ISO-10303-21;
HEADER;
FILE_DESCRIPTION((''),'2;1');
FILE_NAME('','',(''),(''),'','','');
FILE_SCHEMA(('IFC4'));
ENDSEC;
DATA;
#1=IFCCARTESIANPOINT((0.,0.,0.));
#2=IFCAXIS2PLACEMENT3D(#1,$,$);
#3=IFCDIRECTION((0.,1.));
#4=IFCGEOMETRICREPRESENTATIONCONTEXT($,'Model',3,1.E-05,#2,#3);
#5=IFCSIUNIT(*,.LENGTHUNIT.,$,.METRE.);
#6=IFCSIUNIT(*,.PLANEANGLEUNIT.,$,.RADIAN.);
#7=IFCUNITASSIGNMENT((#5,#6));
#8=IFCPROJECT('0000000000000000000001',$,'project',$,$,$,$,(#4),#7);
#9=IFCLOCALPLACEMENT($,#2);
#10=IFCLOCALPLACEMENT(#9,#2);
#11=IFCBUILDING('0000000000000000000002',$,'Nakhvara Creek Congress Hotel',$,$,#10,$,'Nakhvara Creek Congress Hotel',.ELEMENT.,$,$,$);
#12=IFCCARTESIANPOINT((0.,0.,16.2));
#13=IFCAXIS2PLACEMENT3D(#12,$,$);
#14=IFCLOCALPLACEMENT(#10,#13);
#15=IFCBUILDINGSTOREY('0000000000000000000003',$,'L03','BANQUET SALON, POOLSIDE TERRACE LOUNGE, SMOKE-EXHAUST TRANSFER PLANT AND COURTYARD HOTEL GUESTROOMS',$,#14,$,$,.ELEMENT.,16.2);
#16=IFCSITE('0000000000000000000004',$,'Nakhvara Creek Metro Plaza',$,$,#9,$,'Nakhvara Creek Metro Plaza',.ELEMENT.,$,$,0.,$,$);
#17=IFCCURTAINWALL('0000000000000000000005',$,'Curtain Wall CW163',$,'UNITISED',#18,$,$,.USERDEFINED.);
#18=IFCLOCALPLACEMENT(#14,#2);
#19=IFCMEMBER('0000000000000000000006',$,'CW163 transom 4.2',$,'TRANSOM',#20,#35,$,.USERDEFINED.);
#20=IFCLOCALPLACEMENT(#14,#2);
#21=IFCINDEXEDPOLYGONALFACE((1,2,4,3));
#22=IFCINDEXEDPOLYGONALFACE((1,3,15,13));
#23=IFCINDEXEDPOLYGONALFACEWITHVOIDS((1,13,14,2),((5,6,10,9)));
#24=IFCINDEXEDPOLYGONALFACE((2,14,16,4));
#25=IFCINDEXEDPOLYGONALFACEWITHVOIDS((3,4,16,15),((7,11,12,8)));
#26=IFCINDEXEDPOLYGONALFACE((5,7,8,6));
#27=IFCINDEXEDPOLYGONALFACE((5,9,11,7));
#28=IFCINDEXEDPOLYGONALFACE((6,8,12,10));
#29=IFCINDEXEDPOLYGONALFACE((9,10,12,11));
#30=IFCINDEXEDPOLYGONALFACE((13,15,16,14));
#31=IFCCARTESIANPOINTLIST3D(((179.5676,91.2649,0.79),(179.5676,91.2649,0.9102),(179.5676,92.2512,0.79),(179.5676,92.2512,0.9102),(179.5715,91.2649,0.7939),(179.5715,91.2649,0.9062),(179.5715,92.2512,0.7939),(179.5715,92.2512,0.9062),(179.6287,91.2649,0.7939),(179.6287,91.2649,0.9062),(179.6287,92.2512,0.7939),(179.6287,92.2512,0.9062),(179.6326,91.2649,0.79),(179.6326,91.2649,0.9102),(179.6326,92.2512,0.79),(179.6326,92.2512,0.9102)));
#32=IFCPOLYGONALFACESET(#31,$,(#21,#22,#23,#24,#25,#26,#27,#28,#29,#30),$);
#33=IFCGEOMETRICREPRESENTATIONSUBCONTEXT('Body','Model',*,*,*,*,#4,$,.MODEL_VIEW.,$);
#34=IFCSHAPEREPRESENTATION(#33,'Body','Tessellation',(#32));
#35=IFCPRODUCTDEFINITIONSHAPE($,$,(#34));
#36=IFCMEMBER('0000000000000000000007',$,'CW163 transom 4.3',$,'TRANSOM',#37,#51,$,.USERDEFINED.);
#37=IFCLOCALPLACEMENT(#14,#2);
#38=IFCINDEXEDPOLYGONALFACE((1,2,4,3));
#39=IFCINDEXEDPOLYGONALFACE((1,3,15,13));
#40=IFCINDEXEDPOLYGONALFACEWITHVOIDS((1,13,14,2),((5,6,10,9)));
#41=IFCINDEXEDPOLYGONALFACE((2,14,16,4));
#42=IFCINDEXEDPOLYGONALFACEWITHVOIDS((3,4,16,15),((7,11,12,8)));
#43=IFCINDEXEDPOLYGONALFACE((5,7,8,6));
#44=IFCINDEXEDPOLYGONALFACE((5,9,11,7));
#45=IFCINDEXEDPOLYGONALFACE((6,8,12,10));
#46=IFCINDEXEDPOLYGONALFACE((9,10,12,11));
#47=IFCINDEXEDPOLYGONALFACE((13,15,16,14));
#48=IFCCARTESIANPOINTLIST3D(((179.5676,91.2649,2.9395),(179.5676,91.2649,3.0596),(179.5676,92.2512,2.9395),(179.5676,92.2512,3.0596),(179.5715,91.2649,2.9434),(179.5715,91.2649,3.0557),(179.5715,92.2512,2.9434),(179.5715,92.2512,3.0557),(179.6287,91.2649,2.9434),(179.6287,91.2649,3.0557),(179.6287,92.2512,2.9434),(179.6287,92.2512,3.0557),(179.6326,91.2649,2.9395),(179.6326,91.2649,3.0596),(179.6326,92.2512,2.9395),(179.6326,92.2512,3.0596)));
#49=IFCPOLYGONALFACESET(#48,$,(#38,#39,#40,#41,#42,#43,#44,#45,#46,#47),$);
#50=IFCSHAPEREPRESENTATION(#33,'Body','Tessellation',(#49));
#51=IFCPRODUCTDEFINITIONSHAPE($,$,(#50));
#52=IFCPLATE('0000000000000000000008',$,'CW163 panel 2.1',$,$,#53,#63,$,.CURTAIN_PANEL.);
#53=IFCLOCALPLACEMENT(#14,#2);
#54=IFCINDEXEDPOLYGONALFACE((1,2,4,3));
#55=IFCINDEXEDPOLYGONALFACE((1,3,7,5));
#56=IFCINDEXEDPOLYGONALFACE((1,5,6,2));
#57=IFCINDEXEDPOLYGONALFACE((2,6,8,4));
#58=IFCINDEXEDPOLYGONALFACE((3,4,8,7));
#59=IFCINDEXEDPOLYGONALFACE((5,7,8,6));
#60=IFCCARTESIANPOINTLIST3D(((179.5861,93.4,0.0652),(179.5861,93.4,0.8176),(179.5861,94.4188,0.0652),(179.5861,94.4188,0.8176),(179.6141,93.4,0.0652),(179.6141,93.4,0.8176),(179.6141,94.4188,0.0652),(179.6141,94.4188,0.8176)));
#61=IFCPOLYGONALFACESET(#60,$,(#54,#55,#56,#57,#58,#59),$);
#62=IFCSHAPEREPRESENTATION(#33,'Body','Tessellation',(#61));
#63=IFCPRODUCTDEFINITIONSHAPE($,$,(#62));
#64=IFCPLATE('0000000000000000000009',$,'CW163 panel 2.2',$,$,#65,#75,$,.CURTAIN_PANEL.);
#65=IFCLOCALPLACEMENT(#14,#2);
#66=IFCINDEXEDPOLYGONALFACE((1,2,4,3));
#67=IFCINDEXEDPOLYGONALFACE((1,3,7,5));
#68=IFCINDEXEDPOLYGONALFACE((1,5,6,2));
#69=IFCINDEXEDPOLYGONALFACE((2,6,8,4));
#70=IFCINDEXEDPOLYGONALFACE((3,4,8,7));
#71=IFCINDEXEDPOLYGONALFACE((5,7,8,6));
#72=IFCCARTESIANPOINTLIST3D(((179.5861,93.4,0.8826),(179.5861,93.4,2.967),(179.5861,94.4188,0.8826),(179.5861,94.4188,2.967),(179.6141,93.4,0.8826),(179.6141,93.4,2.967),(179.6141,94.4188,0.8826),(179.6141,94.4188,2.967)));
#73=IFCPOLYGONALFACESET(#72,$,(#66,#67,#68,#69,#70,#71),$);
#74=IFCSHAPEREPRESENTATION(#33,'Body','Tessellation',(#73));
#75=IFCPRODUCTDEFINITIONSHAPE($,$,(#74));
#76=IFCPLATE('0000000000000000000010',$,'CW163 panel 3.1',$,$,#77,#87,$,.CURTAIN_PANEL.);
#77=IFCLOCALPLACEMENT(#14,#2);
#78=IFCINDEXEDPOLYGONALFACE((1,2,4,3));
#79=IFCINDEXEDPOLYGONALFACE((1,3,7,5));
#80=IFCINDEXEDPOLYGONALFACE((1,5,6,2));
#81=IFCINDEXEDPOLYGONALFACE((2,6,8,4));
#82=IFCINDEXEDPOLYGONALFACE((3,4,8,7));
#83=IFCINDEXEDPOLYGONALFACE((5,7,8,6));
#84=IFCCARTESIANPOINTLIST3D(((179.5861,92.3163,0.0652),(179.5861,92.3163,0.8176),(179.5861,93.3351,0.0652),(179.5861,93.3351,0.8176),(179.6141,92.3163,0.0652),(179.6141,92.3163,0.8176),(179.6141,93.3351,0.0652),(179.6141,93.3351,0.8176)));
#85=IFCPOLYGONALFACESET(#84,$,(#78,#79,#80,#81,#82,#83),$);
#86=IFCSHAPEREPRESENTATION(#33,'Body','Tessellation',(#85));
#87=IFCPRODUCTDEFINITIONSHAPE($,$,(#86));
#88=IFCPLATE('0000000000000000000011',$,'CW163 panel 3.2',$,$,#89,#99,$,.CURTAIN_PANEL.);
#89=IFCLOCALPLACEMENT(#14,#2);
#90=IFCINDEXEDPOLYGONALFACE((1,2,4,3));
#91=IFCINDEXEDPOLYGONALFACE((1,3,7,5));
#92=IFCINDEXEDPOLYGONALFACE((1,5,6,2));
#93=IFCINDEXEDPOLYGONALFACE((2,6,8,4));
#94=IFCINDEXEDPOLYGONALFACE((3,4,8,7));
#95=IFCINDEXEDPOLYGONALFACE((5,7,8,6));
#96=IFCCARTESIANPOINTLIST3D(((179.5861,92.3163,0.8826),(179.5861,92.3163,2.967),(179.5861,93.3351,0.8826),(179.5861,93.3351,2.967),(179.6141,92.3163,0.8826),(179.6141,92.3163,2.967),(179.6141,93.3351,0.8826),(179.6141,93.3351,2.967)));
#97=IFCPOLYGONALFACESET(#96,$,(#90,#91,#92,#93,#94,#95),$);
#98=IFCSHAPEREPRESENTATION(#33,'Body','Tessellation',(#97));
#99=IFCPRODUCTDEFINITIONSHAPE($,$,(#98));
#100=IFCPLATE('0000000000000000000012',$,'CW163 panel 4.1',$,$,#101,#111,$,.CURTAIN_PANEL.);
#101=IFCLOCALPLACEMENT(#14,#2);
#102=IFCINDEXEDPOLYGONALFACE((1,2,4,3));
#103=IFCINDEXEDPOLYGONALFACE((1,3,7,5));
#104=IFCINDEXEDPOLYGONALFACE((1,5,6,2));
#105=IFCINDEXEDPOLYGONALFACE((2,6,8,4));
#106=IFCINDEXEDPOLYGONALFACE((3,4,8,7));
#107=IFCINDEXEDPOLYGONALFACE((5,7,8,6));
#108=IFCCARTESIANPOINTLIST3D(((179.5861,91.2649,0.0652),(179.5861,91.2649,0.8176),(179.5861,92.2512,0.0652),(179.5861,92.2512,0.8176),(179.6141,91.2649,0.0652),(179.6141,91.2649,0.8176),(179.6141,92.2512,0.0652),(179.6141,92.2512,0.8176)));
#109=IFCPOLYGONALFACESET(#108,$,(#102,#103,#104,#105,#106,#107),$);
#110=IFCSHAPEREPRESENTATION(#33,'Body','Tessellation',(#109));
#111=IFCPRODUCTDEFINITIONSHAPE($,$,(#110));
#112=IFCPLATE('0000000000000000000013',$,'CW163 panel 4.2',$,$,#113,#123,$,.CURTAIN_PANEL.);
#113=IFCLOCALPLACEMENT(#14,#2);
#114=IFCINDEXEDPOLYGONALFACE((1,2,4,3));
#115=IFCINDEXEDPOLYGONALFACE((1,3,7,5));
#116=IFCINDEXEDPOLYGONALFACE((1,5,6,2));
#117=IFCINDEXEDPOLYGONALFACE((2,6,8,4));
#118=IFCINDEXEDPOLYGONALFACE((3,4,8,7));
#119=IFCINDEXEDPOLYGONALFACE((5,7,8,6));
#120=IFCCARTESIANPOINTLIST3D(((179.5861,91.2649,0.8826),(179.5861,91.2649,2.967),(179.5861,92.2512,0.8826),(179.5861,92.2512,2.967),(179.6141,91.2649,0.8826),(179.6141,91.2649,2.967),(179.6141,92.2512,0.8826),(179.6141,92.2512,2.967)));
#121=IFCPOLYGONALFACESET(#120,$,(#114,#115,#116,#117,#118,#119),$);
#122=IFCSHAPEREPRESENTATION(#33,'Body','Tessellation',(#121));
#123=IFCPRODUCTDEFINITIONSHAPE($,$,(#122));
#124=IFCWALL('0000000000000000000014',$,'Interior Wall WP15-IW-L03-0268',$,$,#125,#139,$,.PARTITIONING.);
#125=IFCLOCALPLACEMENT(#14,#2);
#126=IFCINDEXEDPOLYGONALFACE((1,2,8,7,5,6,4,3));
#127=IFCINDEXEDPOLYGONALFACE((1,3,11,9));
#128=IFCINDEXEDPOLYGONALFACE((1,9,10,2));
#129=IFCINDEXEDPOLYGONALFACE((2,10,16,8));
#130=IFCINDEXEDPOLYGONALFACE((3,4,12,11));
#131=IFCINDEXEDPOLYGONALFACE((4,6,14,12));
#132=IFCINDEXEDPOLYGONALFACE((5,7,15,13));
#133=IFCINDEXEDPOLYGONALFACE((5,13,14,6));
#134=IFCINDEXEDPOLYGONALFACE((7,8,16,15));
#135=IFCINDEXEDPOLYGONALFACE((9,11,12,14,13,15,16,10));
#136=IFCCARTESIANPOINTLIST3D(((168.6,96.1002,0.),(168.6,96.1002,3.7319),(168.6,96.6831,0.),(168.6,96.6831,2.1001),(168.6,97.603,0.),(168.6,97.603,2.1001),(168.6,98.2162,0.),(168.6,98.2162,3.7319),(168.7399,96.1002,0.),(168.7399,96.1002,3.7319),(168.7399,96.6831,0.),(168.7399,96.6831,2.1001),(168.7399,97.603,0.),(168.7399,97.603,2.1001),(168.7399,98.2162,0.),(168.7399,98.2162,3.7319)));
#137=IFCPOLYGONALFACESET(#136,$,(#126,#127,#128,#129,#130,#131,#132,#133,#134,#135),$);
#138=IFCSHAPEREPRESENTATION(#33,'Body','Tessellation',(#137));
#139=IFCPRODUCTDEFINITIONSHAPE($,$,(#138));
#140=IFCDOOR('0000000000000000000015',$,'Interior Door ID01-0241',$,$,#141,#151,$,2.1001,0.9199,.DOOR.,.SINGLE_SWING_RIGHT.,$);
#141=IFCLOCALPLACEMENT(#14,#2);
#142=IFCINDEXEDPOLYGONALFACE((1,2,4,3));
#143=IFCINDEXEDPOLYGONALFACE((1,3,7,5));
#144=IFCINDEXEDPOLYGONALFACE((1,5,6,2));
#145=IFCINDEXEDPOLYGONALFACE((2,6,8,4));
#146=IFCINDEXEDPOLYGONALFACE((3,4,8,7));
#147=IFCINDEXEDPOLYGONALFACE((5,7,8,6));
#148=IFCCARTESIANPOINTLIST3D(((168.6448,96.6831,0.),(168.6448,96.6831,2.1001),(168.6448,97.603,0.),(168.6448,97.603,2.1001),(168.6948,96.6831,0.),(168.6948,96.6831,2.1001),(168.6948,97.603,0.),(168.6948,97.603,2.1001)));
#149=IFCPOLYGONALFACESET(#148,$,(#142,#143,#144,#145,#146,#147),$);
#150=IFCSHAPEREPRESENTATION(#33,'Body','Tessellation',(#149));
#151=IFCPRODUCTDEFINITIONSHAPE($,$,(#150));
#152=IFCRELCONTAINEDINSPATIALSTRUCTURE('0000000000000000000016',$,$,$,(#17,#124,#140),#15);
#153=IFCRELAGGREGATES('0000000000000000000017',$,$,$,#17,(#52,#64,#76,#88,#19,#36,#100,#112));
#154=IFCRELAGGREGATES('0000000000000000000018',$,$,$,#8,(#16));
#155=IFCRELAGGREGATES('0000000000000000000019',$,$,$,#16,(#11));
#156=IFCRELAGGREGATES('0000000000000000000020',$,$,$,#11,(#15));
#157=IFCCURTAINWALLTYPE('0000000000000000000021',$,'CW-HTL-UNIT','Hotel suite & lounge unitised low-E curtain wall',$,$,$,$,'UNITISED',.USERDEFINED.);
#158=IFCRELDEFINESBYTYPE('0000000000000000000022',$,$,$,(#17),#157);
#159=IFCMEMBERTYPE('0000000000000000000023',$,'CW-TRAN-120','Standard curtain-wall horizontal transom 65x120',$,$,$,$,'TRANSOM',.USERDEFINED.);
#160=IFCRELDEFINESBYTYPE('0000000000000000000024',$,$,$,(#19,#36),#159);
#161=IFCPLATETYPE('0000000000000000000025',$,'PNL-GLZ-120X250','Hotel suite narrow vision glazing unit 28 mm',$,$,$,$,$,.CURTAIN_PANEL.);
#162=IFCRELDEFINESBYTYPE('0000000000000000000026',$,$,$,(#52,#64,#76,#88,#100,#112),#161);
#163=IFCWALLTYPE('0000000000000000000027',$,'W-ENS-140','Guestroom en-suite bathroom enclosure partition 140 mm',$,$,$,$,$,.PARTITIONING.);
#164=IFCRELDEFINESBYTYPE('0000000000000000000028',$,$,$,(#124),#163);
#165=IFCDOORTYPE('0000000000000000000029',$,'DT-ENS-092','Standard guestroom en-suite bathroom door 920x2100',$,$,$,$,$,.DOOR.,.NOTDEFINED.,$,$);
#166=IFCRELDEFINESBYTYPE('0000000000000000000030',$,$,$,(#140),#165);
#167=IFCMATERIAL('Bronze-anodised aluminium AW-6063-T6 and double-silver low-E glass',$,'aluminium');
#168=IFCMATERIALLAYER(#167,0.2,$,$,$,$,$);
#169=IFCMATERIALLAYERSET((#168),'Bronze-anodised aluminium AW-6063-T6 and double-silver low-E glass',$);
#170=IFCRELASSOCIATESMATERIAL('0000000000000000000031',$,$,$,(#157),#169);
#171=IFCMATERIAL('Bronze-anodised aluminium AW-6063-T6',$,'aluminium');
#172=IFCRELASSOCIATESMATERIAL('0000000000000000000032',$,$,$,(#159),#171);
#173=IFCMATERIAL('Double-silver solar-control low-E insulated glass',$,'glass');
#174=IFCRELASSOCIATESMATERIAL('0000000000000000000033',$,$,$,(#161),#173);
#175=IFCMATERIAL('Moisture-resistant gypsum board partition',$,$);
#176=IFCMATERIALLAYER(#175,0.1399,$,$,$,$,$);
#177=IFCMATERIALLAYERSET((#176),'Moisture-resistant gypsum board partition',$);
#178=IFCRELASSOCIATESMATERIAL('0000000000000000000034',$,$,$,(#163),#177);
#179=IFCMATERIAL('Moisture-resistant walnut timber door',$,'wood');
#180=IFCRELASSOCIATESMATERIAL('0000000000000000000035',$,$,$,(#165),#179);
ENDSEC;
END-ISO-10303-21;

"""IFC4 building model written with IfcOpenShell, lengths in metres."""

from ifc_helpers import new_model, si_unit, direction, frame, frame_2d, origin, origin_2d, place, context, subcontext, project, spatial, rectangle, hollow_rectangle, extrude, material, layer, layer_set, material_profile, profile_set, type_object, element, fill, aggregate, save


model = new_model("IFC4")

# Units and contexts
model_context = context("Model", 3, precision=1e-05, world=origin(), true_north=direction((0.0, 1.0)))
body_context = subcontext(model_context, "Body", "Model", "MODEL_VIEW")
ifc_project = project(units=[si_unit("LENGTHUNIT", "METRE"), si_unit("PLANEANGLEUNIT", "RADIAN")], contexts=[model_context])

# Site, building, storey
site_placement = place(None, origin())
site = spatial("IfcSite", under=ifc_project, at=site_placement, Name="Nakhvara Creek Metro Plaza", LongName="Nakhvara Creek Metro Plaza", CompositionType="ELEMENT", RefElevation=0.0)
building_placement = place(site_placement, origin())
building = spatial("IfcBuilding", under=site, at=building_placement, Name="Nakhvara Creek Congress Hotel", LongName="Nakhvara Creek Congress Hotel", CompositionType="ELEMENT")
storey_placement = place(building_placement, frame((0.0, 0.0, 16.2)))
storey = spatial("IfcBuildingStorey", under=building, at=storey_placement, Name="L03", Description="BANQUET SALON, POOLSIDE TERRACE LOUNGE, SMOKE-EXHAUST TRANSFER PLANT AND COURTYARD HOTEL GUESTROOMS", CompositionType="ELEMENT", Elevation=16.2)

# Curtain wall, members, plates
ifc_material_1 = material(Name="Bronze-anodised aluminium AW-6063-T6 and double-silver low-E glass", Category="aluminium")
ifc_layer_1 = layer(ifc_material_1, 0.2)
ifc_layer_set_1 = layer_set([ifc_layer_1], Name="Bronze-anodised aluminium AW-6063-T6 and double-silver low-E glass")
curtain_wall_type = type_object("IfcCurtainWallType", Name="CW-HTL-UNIT", Description="Hotel suite & lounge unitised low-E curtain wall", ElementType="UNITISED", PredefinedType="USERDEFINED", material=ifc_layer_set_1)
curtain_wall_placement = place(storey_placement, origin())
curtain_wall = element("IfcCurtainWall", 1, at=curtain_wall_placement, inside=storey, type_object=curtain_wall_type, Name="Curtain Wall CW163", ObjectType="UNITISED", PredefinedType="USERDEFINED")
ifc_material_2 = material(Name="Bronze-anodised aluminium AW-6063-T6", Category="aluminium")
ifc_material_profile_1 = material_profile(ifc_material_2, hollow_rectangle(XDim=0.0649, YDim=0.1201, WallThickness=0.0039, at=origin_2d()), Name="ALU-TRAN 65x120x4", Category="LoadBearing")
ifc_profile_set_1 = profile_set([ifc_material_profile_1], Name="Bronze-anodised aluminium AW-6063-T6")
member_type_1 = type_object("IfcMemberType", Name="CW-TRAN-120", Description="Standard curtain-wall horizontal transom 65x120", ElementType="TRANSOM", PredefinedType="USERDEFINED", material=ifc_profile_set_1)
member_1_placement = place(storey_placement, frame((179.6001, 92.2512, 0.8501), z_axis=(0.0, -1.0, 0.0), x_axis=(1.0, 0.0, 0.0)))
member_1 = element("IfcMember", 2, at=member_1_placement, type_object=member_type_1, Name="CW163 transom 4.2", ObjectType="TRANSOM", PredefinedType="USERDEFINED", context=body_context, shape_type="SweptSolid", body=[
    extrude(hollow_rectangle(XDim=0.0649, YDim=0.1201, WallThickness=0.0039, at=origin_2d()), origin(), (0.0, 0.0, 1.0), 0.9863),
])
member_2_placement = place(storey_placement, frame((179.6001, 92.2512, 2.9995), z_axis=(0.0, -1.0, 0.0), x_axis=(1.0, 0.0, 0.0)))
member_2 = element("IfcMember", 3, at=member_2_placement, type_object=member_type_1, Name="CW163 transom 4.3", ObjectType="TRANSOM", PredefinedType="USERDEFINED", context=body_context, shape_type="SweptSolid", body=[
    extrude(hollow_rectangle(XDim=0.0649, YDim=0.1201, WallThickness=0.0039, at=origin_2d()), origin(), (0.0, 0.0, 1.0), 0.9863),
])
ifc_material_3 = material(Name="Double-silver solar-control low-E insulated glass", Category="glass")
plate_type = type_object("IfcPlateType", Name="PNL-GLZ-120X250", Description="Hotel suite narrow vision glazing unit 28 mm", PredefinedType="CURTAIN_PANEL", material=ifc_material_3)
plate_1_placement = place(storey_placement, frame((179.6001, 93.9094, 0.0652), z_axis=(0.0, 0.0, 1.0), x_axis=(0.0, -1.0, 0.0)))
plate_1 = element("IfcPlate", 4, at=plate_1_placement, type_object=plate_type, Name="CW163 panel 2.1", PredefinedType="CURTAIN_PANEL", context=body_context, shape_type="SweptSolid", body=[
    extrude(rectangle(XDim=1.0188, YDim=0.0281, at=origin_2d()), origin(), (0.0, 0.0, 1.0), 0.7524),
])
plate_2_placement = place(storey_placement, frame((179.6001, 93.9094, 0.8826), z_axis=(0.0, 0.0, 1.0), x_axis=(0.0, -1.0, 0.0)))
plate_2 = element("IfcPlate", 5, at=plate_2_placement, type_object=plate_type, Name="CW163 panel 2.2", PredefinedType="CURTAIN_PANEL", context=body_context, shape_type="SweptSolid", body=[
    extrude(rectangle(XDim=1.0188, YDim=0.0281, at=origin_2d()), origin(), (0.0, 0.0, 1.0), 2.0845),
])
plate_3_placement = place(storey_placement, frame((179.6001, 92.8257, 0.0652), z_axis=(0.0, 0.0, 1.0), x_axis=(0.0, -1.0, 0.0)))
plate_3 = element("IfcPlate", 6, at=plate_3_placement, type_object=plate_type, Name="CW163 panel 3.1", PredefinedType="CURTAIN_PANEL", context=body_context, shape_type="SweptSolid", body=[
    extrude(rectangle(XDim=1.0188, YDim=0.0281, at=origin_2d()), origin(), (0.0, 0.0, 1.0), 0.7524),
])
plate_4_placement = place(storey_placement, frame((179.6001, 92.8257, 0.8826), z_axis=(0.0, 0.0, 1.0), x_axis=(0.0, -1.0, 0.0)))
plate_4 = element("IfcPlate", 7, at=plate_4_placement, type_object=plate_type, Name="CW163 panel 3.2", PredefinedType="CURTAIN_PANEL", context=body_context, shape_type="SweptSolid", body=[
    extrude(rectangle(XDim=1.0188, YDim=0.0281, at=origin_2d()), origin(), (0.0, 0.0, 1.0), 2.0845),
])
plate_5_placement = place(storey_placement, frame((179.6001, 91.7581, 0.0652), z_axis=(0.0, 0.0, 1.0), x_axis=(0.0, -1.0, 0.0)))
plate_5 = element("IfcPlate", 8, at=plate_5_placement, type_object=plate_type, Name="CW163 panel 4.1", PredefinedType="CURTAIN_PANEL", context=body_context, shape_type="SweptSolid", body=[
    extrude(rectangle(XDim=0.9863, YDim=0.0281, at=origin_2d()), origin(), (0.0, 0.0, 1.0), 0.7524),
])
plate_6_placement = place(storey_placement, frame((179.6001, 91.7581, 0.8826), z_axis=(0.0, 0.0, 1.0), x_axis=(0.0, -1.0, 0.0)))
plate_6 = element("IfcPlate", 9, at=plate_6_placement, type_object=plate_type, Name="CW163 panel 4.2", PredefinedType="CURTAIN_PANEL", context=body_context, shape_type="SweptSolid", body=[
    extrude(rectangle(XDim=0.9863, YDim=0.0281, at=origin_2d()), origin(), (0.0, 0.0, 1.0), 2.0845),
])
aggregate(curtain_wall, [plate_1, plate_2, plate_3, plate_4, member_1, member_2, plate_5, plate_6])

# Wall, opening, door
ifc_material_4 = material(Name="Moisture-resistant gypsum board partition")
ifc_layer_2 = layer(ifc_material_4, 0.1399)
ifc_layer_set_2 = layer_set([ifc_layer_2], Name="Moisture-resistant gypsum board partition")
wall_type = type_object("IfcWallType", Name="W-ENS-140", Description="Guestroom en-suite bathroom enclosure partition 140 mm", PredefinedType="PARTITIONING", material=ifc_layer_set_2)
wall_placement = place(storey_placement, frame((168.6699, 96.1001, 0.0), z_axis=(0.0, 0.0, 1.0), x_axis=(0.0, 1.0, 0.0)))
wall = element("IfcWall", 10, at=wall_placement, inside=storey, type_object=wall_type, Name="Interior Wall WP15-IW-L03-0268", PredefinedType="PARTITIONING", context=body_context, shape_type="SweptSolid", body=[
    extrude(rectangle(XDim=2.116, YDim=0.1399, at=frame_2d((1.0581, 0.0))), origin(), (0.0, 0.0, 1.0), 3.7319),
])
opening_placement = place(wall_placement, frame((0.583, 0.0, 0.0)))
opening = element("IfcOpeningElement", 11, at=opening_placement, cuts=wall, PredefinedType="OPENING", context=body_context, shape_type="SweptSolid", body=[
    extrude(rectangle(XDim=0.9199, YDim=2.1001, at=frame_2d((0.46, 1.05))), frame((0.0, 0.082, 0.0), z_axis=(0.0, -1.0, 0.0), x_axis=(1.0, 0.0, 0.0)), (0.0, 0.0, 1.0), 0.1638),
])
ifc_material_5 = material(Name="Moisture-resistant walnut timber door", Category="wood")
door_type = type_object("IfcDoorType", Name="DT-ENS-092", Description="Standard guestroom en-suite bathroom door 920x2100", OperationType="NOTDEFINED", PredefinedType="DOOR", material=ifc_material_5)
door_placement = place(opening_placement, frame((0.9199, 0.0, 0.0), z_axis=(0.0, 0.0, 1.0), x_axis=(-1.0, 0.0, 0.0)))
door = element("IfcDoor", 12, at=door_placement, inside=storey, type_object=door_type, Name="Interior Door ID01-0241", OperationType="SINGLE_SWING_RIGHT", OverallHeight=2.1001, OverallWidth=0.9199, PredefinedType="DOOR", context=body_context, shape_type="SweptSolid", body=[
    extrude(rectangle(XDim=0.9199, YDim=2.1001, at=frame_2d((0.46, 1.05))), frame((0.0, 0.0249, 0.0), z_axis=(0.0, -1.0, 0.0), x_axis=(1.0, 0.0, 0.0)), (0.0, 0.0, 1.0), 0.05),
])
fill(opening, door)

save(model, "model.ifc")
